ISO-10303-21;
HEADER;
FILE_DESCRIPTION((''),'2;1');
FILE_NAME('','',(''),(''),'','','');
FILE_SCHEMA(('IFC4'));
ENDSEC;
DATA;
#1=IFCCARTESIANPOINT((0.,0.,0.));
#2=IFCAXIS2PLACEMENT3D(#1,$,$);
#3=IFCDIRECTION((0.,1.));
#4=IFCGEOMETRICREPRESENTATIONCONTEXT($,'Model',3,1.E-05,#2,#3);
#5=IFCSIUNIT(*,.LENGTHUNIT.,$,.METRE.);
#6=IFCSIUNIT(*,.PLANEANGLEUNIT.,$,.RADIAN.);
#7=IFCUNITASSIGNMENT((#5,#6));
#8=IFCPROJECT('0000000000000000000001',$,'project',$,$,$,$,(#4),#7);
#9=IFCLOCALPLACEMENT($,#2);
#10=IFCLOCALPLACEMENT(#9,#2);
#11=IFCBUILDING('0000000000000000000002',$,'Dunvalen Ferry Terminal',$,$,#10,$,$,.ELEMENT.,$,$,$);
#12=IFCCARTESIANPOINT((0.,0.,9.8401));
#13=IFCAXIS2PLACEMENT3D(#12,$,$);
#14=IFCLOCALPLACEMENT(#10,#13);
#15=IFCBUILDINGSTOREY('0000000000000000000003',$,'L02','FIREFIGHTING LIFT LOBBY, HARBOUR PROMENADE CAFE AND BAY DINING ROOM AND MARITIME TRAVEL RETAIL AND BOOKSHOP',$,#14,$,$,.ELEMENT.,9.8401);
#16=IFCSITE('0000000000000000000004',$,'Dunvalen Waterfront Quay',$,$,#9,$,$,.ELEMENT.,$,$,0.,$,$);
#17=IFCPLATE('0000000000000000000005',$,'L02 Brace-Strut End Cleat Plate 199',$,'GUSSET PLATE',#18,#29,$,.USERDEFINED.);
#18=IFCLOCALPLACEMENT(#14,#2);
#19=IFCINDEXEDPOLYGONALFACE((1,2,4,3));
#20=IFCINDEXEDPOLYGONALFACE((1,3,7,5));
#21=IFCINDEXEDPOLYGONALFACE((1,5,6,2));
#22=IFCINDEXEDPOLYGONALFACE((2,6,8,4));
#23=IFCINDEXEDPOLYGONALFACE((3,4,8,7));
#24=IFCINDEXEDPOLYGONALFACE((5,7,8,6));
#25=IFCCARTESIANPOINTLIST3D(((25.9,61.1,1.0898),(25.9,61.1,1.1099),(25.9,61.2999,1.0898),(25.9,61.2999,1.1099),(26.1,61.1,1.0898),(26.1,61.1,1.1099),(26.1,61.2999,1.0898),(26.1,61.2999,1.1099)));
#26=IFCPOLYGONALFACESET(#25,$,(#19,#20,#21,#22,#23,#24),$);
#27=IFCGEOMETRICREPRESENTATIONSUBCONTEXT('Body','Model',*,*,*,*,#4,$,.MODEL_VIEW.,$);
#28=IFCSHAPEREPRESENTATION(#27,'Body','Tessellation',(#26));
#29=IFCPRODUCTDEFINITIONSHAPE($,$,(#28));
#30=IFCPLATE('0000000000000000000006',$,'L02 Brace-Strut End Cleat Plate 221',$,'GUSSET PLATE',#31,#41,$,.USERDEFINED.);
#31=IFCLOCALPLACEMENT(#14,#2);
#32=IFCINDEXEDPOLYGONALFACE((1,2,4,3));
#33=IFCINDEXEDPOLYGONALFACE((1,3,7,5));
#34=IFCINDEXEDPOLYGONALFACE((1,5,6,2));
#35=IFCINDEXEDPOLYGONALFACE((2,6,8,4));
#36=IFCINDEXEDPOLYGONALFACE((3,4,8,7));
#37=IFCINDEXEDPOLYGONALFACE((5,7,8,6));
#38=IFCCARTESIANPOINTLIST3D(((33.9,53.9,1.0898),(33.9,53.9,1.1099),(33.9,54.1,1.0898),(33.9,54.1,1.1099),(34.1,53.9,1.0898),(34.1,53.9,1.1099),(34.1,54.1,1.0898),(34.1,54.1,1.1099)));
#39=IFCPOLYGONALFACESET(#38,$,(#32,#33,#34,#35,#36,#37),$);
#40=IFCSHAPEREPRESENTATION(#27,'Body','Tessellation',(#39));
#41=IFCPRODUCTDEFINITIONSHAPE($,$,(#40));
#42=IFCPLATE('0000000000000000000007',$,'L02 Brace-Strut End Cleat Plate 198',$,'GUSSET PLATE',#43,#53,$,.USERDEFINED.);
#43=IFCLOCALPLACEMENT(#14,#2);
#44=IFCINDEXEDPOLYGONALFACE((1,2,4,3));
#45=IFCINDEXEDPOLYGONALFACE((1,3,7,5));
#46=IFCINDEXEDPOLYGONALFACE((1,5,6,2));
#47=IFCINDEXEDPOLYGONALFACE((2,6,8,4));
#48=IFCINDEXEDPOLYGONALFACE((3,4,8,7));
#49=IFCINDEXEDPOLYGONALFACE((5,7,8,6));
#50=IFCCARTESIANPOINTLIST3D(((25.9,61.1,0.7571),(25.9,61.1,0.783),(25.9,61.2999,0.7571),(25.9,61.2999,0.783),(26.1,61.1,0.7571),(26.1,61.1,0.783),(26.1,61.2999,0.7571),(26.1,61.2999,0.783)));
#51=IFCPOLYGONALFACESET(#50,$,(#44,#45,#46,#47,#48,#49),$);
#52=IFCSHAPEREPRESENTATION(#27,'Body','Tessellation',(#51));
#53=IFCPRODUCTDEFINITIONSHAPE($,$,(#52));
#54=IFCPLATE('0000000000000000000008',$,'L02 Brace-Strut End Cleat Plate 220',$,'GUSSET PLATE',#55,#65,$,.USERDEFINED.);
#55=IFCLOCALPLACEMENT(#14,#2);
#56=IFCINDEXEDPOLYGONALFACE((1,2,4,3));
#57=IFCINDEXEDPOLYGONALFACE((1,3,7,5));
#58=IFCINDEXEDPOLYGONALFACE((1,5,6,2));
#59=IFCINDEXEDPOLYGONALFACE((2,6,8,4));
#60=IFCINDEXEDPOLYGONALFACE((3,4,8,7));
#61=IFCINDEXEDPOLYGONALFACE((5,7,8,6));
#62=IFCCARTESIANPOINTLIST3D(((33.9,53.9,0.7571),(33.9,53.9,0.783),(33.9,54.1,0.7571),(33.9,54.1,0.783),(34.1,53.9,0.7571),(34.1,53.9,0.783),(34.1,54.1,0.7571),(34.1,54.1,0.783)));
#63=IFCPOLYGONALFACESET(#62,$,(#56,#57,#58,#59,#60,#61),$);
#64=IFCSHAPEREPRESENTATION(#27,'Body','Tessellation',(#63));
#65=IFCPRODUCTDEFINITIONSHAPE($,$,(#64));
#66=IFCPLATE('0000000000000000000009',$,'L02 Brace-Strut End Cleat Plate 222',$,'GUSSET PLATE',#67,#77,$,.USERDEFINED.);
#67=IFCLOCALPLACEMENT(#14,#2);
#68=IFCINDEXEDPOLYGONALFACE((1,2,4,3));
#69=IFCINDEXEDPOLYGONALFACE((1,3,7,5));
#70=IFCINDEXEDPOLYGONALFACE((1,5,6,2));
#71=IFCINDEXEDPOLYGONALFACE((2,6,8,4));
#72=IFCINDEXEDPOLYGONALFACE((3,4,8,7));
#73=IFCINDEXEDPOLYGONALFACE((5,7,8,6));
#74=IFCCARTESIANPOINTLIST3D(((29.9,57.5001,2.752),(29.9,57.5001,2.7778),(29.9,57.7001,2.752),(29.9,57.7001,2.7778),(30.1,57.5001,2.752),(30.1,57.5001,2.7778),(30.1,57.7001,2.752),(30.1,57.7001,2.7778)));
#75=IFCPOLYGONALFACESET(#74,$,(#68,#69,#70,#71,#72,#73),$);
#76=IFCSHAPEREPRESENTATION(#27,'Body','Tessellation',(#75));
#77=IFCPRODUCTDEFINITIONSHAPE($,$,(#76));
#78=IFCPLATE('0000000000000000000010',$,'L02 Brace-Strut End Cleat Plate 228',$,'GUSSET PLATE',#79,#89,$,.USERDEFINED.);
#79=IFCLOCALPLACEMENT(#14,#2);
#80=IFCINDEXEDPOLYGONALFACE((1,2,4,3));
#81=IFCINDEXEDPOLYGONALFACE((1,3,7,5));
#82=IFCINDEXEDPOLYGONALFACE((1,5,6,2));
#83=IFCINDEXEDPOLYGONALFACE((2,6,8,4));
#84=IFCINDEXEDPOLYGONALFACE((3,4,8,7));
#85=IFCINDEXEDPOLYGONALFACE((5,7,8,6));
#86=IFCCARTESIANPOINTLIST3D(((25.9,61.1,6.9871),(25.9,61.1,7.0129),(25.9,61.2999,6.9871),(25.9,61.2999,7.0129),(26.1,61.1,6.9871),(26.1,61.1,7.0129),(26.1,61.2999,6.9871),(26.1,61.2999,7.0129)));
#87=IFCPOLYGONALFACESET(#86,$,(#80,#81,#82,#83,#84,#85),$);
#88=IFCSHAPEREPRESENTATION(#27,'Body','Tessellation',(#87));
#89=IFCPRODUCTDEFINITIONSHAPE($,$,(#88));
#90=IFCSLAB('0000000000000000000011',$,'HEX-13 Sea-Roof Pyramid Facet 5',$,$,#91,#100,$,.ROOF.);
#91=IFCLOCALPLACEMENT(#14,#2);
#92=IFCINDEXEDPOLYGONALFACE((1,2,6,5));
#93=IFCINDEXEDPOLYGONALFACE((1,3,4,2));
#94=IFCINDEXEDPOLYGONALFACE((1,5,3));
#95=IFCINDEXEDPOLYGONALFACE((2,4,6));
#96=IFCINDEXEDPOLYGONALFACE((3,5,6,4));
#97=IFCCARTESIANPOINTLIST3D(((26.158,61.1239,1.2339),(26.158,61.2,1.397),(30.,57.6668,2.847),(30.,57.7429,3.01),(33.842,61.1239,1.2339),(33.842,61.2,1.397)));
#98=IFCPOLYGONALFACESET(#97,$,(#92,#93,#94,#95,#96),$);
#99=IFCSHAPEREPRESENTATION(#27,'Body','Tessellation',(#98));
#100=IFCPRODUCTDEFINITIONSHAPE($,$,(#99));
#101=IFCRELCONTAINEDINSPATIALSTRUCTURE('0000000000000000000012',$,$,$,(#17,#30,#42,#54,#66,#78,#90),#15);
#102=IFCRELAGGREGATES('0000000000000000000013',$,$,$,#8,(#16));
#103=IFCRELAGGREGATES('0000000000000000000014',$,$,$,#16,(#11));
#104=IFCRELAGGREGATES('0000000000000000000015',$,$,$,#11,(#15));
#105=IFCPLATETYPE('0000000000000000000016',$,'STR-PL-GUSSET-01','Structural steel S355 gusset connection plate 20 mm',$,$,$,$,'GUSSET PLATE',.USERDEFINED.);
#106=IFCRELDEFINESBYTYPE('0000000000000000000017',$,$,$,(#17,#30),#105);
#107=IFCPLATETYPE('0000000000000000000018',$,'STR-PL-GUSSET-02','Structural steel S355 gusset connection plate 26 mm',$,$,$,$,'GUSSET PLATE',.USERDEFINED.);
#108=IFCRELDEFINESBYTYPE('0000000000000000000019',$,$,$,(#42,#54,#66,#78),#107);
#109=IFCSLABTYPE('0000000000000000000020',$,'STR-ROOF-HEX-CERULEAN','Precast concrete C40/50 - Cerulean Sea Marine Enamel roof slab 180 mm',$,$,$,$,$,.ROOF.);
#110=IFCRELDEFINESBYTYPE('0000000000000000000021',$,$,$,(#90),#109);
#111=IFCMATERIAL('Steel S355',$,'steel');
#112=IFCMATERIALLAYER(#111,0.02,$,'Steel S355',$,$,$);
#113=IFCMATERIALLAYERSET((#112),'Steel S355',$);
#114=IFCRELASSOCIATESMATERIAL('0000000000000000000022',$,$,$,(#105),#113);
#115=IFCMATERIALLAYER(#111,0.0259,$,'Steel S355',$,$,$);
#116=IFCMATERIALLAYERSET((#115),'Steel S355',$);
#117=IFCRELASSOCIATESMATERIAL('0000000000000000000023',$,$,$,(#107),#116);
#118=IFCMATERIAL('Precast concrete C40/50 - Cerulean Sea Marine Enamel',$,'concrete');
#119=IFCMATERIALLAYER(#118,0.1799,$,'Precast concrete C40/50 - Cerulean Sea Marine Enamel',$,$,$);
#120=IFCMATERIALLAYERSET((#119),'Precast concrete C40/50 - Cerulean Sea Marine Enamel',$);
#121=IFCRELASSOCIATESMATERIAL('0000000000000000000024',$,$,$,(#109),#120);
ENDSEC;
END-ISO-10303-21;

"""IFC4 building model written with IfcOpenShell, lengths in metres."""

from ifc_helpers import new_model, si_unit, direction, frame, origin, origin_2d, place, context, subcontext, project, spatial, polyline, rectangle, outline, extrude, material, layer, layer_set, type_object, element, save


model = new_model("IFC4")

# Units and contexts
model_context = context("Model", 3, precision=1e-05, world=origin(), true_north=direction((0.0, 1.0)))
body_context = subcontext(model_context, "Body", "Model", "MODEL_VIEW")
ifc_project = project(units=[si_unit("LENGTHUNIT", "METRE"), si_unit("PLANEANGLEUNIT", "RADIAN")], contexts=[model_context])

# Site, building, storey
site_placement = place(None, origin())
site = spatial("IfcSite", under=ifc_project, at=site_placement, Name="Dunvalen Waterfront Quay", CompositionType="ELEMENT", RefElevation=0.0)
building_placement = place(site_placement, origin())
building = spatial("IfcBuilding", under=site, at=building_placement, Name="Dunvalen Ferry Terminal", CompositionType="ELEMENT")
storey_placement = place(building_placement, frame((0.0, 0.0, 9.8401)))
storey = spatial("IfcBuildingStorey", under=building, at=storey_placement, Name="L02", Description="FIREFIGHTING LIFT LOBBY, HARBOUR PROMENADE CAFE AND BAY DINING ROOM AND MARITIME TRAVEL RETAIL AND BOOKSHOP", CompositionType="ELEMENT", Elevation=9.8401)

# Shared definitions
ifc_material_1 = material(Name="Steel S355", Category="steel")

# Plates
ifc_layer_1 = layer(ifc_material_1, 0.02, Name="Steel S355")
ifc_layer_set_1 = layer_set([ifc_layer_1], Name="Steel S355")
plate_type_1 = type_object("IfcPlateType", Name="STR-PL-GUSSET-01", Description="Structural steel S355 gusset connection plate 20 mm", ElementType="GUSSET PLATE", PredefinedType="USERDEFINED", material=ifc_layer_set_1)
for number, where, z_axis, x_axis, name in (
    (1, (26.0, 61.2, 1.0898), (0.0, 0.0, 1.0), (1.0, 0.0, 0.0), "L02 Brace-Strut End Cleat Plate 199"),
    (2, (34.0, 54.0, 1.0898), (0.0, 0.0, 1.0), (1.0, 0.0, 0.0), "L02 Brace-Strut End Cleat Plate 221"),
):
    element("IfcPlate", number, at=place(storey_placement, frame(where, z_axis=z_axis, x_axis=x_axis)), inside=storey, type_object=plate_type_1, Name=name, ObjectType="GUSSET PLATE", PredefinedType="USERDEFINED", context=body_context, shape_type="SweptSolid", body=[
        extrude(rectangle(XDim=0.2, YDim=0.2, at=origin_2d()), origin(), (0.0, 0.0, 1.0), 0.02),
    ])
ifc_layer_2 = layer(ifc_material_1, 0.0259, Name="Steel S355")
ifc_layer_set_2 = layer_set([ifc_layer_2], Name="Steel S355")
plate_type_2 = type_object("IfcPlateType", Name="STR-PL-GUSSET-02", Description="Structural steel S355 gusset connection plate 26 mm", ElementType="GUSSET PLATE", PredefinedType="USERDEFINED", material=ifc_layer_set_2)
for number, where, z_axis, x_axis, name in (
    (3, (26.0, 61.2, 0.7571), (0.0, 0.0, 1.0), (1.0, 0.0, 0.0), "L02 Brace-Strut End Cleat Plate 198"),
    (4, (34.0, 54.0, 0.7571), (0.0, 0.0, 1.0), (1.0, 0.0, 0.0), "L02 Brace-Strut End Cleat Plate 220"),
    (5, (30.0, 57.6001, 2.752), (0.0, 0.0, 1.0), (1.0, 0.0, 0.0), "L02 Brace-Strut End Cleat Plate 222"),
    (6, (26.0, 61.2, 6.9871), (0.0, 0.0, 1.0), (1.0, 0.0, 0.0), "L02 Brace-Strut End Cleat Plate 228"),
):
    element("IfcPlate", number, at=place(storey_placement, frame(where, z_axis=z_axis, x_axis=x_axis)), inside=storey, type_object=plate_type_2, Name=name, ObjectType="GUSSET PLATE", PredefinedType="USERDEFINED", context=body_context, shape_type="SweptSolid", body=[
        extrude(rectangle(XDim=0.2, YDim=0.2, at=origin_2d()), origin(), (0.0, 0.0, 1.0), 0.0259),
    ])

# Slab
ifc_material_2 = material(Name="Precast concrete C40/50 - Cerulean Sea Marine Enamel", Category="concrete")
ifc_layer_3 = layer(ifc_material_2, 0.1799, Name="Precast concrete C40/50 - Cerulean Sea Marine Enamel")
ifc_layer_set_3 = layer_set([ifc_layer_3], Name="Precast concrete C40/50 - Cerulean Sea Marine Enamel")
slab_type = type_object("IfcSlabType", Name="STR-ROOF-HEX-CERULEAN", Description="Precast concrete C40/50 - Cerulean Sea Marine Enamel roof slab 180 mm", PredefinedType="ROOF", material=ifc_layer_set_3)
slab_placement = place(storey_placement, frame((33.842, 61.2, 1.397), z_axis=(0.0, 0.422833, 0.906208), x_axis=(-1.0, 0.0, 0.0)))
element("IfcSlab", 7, at=slab_placement, inside=storey, type_object=slab_type, Name="HEX-13 Sea-Roof Pyramid Facet 5", PredefinedType="ROOF", context=body_context, shape_type="SweptSolid", body=[
    extrude(outline(polyline([(0.0, 0.0), (7.6841, 0.0), (3.842, 3.8148), (0.0, 0.0)])), origin(), (0.0, 0.0, -1.0), 0.1799),
])

save(model, "model.ifc")
